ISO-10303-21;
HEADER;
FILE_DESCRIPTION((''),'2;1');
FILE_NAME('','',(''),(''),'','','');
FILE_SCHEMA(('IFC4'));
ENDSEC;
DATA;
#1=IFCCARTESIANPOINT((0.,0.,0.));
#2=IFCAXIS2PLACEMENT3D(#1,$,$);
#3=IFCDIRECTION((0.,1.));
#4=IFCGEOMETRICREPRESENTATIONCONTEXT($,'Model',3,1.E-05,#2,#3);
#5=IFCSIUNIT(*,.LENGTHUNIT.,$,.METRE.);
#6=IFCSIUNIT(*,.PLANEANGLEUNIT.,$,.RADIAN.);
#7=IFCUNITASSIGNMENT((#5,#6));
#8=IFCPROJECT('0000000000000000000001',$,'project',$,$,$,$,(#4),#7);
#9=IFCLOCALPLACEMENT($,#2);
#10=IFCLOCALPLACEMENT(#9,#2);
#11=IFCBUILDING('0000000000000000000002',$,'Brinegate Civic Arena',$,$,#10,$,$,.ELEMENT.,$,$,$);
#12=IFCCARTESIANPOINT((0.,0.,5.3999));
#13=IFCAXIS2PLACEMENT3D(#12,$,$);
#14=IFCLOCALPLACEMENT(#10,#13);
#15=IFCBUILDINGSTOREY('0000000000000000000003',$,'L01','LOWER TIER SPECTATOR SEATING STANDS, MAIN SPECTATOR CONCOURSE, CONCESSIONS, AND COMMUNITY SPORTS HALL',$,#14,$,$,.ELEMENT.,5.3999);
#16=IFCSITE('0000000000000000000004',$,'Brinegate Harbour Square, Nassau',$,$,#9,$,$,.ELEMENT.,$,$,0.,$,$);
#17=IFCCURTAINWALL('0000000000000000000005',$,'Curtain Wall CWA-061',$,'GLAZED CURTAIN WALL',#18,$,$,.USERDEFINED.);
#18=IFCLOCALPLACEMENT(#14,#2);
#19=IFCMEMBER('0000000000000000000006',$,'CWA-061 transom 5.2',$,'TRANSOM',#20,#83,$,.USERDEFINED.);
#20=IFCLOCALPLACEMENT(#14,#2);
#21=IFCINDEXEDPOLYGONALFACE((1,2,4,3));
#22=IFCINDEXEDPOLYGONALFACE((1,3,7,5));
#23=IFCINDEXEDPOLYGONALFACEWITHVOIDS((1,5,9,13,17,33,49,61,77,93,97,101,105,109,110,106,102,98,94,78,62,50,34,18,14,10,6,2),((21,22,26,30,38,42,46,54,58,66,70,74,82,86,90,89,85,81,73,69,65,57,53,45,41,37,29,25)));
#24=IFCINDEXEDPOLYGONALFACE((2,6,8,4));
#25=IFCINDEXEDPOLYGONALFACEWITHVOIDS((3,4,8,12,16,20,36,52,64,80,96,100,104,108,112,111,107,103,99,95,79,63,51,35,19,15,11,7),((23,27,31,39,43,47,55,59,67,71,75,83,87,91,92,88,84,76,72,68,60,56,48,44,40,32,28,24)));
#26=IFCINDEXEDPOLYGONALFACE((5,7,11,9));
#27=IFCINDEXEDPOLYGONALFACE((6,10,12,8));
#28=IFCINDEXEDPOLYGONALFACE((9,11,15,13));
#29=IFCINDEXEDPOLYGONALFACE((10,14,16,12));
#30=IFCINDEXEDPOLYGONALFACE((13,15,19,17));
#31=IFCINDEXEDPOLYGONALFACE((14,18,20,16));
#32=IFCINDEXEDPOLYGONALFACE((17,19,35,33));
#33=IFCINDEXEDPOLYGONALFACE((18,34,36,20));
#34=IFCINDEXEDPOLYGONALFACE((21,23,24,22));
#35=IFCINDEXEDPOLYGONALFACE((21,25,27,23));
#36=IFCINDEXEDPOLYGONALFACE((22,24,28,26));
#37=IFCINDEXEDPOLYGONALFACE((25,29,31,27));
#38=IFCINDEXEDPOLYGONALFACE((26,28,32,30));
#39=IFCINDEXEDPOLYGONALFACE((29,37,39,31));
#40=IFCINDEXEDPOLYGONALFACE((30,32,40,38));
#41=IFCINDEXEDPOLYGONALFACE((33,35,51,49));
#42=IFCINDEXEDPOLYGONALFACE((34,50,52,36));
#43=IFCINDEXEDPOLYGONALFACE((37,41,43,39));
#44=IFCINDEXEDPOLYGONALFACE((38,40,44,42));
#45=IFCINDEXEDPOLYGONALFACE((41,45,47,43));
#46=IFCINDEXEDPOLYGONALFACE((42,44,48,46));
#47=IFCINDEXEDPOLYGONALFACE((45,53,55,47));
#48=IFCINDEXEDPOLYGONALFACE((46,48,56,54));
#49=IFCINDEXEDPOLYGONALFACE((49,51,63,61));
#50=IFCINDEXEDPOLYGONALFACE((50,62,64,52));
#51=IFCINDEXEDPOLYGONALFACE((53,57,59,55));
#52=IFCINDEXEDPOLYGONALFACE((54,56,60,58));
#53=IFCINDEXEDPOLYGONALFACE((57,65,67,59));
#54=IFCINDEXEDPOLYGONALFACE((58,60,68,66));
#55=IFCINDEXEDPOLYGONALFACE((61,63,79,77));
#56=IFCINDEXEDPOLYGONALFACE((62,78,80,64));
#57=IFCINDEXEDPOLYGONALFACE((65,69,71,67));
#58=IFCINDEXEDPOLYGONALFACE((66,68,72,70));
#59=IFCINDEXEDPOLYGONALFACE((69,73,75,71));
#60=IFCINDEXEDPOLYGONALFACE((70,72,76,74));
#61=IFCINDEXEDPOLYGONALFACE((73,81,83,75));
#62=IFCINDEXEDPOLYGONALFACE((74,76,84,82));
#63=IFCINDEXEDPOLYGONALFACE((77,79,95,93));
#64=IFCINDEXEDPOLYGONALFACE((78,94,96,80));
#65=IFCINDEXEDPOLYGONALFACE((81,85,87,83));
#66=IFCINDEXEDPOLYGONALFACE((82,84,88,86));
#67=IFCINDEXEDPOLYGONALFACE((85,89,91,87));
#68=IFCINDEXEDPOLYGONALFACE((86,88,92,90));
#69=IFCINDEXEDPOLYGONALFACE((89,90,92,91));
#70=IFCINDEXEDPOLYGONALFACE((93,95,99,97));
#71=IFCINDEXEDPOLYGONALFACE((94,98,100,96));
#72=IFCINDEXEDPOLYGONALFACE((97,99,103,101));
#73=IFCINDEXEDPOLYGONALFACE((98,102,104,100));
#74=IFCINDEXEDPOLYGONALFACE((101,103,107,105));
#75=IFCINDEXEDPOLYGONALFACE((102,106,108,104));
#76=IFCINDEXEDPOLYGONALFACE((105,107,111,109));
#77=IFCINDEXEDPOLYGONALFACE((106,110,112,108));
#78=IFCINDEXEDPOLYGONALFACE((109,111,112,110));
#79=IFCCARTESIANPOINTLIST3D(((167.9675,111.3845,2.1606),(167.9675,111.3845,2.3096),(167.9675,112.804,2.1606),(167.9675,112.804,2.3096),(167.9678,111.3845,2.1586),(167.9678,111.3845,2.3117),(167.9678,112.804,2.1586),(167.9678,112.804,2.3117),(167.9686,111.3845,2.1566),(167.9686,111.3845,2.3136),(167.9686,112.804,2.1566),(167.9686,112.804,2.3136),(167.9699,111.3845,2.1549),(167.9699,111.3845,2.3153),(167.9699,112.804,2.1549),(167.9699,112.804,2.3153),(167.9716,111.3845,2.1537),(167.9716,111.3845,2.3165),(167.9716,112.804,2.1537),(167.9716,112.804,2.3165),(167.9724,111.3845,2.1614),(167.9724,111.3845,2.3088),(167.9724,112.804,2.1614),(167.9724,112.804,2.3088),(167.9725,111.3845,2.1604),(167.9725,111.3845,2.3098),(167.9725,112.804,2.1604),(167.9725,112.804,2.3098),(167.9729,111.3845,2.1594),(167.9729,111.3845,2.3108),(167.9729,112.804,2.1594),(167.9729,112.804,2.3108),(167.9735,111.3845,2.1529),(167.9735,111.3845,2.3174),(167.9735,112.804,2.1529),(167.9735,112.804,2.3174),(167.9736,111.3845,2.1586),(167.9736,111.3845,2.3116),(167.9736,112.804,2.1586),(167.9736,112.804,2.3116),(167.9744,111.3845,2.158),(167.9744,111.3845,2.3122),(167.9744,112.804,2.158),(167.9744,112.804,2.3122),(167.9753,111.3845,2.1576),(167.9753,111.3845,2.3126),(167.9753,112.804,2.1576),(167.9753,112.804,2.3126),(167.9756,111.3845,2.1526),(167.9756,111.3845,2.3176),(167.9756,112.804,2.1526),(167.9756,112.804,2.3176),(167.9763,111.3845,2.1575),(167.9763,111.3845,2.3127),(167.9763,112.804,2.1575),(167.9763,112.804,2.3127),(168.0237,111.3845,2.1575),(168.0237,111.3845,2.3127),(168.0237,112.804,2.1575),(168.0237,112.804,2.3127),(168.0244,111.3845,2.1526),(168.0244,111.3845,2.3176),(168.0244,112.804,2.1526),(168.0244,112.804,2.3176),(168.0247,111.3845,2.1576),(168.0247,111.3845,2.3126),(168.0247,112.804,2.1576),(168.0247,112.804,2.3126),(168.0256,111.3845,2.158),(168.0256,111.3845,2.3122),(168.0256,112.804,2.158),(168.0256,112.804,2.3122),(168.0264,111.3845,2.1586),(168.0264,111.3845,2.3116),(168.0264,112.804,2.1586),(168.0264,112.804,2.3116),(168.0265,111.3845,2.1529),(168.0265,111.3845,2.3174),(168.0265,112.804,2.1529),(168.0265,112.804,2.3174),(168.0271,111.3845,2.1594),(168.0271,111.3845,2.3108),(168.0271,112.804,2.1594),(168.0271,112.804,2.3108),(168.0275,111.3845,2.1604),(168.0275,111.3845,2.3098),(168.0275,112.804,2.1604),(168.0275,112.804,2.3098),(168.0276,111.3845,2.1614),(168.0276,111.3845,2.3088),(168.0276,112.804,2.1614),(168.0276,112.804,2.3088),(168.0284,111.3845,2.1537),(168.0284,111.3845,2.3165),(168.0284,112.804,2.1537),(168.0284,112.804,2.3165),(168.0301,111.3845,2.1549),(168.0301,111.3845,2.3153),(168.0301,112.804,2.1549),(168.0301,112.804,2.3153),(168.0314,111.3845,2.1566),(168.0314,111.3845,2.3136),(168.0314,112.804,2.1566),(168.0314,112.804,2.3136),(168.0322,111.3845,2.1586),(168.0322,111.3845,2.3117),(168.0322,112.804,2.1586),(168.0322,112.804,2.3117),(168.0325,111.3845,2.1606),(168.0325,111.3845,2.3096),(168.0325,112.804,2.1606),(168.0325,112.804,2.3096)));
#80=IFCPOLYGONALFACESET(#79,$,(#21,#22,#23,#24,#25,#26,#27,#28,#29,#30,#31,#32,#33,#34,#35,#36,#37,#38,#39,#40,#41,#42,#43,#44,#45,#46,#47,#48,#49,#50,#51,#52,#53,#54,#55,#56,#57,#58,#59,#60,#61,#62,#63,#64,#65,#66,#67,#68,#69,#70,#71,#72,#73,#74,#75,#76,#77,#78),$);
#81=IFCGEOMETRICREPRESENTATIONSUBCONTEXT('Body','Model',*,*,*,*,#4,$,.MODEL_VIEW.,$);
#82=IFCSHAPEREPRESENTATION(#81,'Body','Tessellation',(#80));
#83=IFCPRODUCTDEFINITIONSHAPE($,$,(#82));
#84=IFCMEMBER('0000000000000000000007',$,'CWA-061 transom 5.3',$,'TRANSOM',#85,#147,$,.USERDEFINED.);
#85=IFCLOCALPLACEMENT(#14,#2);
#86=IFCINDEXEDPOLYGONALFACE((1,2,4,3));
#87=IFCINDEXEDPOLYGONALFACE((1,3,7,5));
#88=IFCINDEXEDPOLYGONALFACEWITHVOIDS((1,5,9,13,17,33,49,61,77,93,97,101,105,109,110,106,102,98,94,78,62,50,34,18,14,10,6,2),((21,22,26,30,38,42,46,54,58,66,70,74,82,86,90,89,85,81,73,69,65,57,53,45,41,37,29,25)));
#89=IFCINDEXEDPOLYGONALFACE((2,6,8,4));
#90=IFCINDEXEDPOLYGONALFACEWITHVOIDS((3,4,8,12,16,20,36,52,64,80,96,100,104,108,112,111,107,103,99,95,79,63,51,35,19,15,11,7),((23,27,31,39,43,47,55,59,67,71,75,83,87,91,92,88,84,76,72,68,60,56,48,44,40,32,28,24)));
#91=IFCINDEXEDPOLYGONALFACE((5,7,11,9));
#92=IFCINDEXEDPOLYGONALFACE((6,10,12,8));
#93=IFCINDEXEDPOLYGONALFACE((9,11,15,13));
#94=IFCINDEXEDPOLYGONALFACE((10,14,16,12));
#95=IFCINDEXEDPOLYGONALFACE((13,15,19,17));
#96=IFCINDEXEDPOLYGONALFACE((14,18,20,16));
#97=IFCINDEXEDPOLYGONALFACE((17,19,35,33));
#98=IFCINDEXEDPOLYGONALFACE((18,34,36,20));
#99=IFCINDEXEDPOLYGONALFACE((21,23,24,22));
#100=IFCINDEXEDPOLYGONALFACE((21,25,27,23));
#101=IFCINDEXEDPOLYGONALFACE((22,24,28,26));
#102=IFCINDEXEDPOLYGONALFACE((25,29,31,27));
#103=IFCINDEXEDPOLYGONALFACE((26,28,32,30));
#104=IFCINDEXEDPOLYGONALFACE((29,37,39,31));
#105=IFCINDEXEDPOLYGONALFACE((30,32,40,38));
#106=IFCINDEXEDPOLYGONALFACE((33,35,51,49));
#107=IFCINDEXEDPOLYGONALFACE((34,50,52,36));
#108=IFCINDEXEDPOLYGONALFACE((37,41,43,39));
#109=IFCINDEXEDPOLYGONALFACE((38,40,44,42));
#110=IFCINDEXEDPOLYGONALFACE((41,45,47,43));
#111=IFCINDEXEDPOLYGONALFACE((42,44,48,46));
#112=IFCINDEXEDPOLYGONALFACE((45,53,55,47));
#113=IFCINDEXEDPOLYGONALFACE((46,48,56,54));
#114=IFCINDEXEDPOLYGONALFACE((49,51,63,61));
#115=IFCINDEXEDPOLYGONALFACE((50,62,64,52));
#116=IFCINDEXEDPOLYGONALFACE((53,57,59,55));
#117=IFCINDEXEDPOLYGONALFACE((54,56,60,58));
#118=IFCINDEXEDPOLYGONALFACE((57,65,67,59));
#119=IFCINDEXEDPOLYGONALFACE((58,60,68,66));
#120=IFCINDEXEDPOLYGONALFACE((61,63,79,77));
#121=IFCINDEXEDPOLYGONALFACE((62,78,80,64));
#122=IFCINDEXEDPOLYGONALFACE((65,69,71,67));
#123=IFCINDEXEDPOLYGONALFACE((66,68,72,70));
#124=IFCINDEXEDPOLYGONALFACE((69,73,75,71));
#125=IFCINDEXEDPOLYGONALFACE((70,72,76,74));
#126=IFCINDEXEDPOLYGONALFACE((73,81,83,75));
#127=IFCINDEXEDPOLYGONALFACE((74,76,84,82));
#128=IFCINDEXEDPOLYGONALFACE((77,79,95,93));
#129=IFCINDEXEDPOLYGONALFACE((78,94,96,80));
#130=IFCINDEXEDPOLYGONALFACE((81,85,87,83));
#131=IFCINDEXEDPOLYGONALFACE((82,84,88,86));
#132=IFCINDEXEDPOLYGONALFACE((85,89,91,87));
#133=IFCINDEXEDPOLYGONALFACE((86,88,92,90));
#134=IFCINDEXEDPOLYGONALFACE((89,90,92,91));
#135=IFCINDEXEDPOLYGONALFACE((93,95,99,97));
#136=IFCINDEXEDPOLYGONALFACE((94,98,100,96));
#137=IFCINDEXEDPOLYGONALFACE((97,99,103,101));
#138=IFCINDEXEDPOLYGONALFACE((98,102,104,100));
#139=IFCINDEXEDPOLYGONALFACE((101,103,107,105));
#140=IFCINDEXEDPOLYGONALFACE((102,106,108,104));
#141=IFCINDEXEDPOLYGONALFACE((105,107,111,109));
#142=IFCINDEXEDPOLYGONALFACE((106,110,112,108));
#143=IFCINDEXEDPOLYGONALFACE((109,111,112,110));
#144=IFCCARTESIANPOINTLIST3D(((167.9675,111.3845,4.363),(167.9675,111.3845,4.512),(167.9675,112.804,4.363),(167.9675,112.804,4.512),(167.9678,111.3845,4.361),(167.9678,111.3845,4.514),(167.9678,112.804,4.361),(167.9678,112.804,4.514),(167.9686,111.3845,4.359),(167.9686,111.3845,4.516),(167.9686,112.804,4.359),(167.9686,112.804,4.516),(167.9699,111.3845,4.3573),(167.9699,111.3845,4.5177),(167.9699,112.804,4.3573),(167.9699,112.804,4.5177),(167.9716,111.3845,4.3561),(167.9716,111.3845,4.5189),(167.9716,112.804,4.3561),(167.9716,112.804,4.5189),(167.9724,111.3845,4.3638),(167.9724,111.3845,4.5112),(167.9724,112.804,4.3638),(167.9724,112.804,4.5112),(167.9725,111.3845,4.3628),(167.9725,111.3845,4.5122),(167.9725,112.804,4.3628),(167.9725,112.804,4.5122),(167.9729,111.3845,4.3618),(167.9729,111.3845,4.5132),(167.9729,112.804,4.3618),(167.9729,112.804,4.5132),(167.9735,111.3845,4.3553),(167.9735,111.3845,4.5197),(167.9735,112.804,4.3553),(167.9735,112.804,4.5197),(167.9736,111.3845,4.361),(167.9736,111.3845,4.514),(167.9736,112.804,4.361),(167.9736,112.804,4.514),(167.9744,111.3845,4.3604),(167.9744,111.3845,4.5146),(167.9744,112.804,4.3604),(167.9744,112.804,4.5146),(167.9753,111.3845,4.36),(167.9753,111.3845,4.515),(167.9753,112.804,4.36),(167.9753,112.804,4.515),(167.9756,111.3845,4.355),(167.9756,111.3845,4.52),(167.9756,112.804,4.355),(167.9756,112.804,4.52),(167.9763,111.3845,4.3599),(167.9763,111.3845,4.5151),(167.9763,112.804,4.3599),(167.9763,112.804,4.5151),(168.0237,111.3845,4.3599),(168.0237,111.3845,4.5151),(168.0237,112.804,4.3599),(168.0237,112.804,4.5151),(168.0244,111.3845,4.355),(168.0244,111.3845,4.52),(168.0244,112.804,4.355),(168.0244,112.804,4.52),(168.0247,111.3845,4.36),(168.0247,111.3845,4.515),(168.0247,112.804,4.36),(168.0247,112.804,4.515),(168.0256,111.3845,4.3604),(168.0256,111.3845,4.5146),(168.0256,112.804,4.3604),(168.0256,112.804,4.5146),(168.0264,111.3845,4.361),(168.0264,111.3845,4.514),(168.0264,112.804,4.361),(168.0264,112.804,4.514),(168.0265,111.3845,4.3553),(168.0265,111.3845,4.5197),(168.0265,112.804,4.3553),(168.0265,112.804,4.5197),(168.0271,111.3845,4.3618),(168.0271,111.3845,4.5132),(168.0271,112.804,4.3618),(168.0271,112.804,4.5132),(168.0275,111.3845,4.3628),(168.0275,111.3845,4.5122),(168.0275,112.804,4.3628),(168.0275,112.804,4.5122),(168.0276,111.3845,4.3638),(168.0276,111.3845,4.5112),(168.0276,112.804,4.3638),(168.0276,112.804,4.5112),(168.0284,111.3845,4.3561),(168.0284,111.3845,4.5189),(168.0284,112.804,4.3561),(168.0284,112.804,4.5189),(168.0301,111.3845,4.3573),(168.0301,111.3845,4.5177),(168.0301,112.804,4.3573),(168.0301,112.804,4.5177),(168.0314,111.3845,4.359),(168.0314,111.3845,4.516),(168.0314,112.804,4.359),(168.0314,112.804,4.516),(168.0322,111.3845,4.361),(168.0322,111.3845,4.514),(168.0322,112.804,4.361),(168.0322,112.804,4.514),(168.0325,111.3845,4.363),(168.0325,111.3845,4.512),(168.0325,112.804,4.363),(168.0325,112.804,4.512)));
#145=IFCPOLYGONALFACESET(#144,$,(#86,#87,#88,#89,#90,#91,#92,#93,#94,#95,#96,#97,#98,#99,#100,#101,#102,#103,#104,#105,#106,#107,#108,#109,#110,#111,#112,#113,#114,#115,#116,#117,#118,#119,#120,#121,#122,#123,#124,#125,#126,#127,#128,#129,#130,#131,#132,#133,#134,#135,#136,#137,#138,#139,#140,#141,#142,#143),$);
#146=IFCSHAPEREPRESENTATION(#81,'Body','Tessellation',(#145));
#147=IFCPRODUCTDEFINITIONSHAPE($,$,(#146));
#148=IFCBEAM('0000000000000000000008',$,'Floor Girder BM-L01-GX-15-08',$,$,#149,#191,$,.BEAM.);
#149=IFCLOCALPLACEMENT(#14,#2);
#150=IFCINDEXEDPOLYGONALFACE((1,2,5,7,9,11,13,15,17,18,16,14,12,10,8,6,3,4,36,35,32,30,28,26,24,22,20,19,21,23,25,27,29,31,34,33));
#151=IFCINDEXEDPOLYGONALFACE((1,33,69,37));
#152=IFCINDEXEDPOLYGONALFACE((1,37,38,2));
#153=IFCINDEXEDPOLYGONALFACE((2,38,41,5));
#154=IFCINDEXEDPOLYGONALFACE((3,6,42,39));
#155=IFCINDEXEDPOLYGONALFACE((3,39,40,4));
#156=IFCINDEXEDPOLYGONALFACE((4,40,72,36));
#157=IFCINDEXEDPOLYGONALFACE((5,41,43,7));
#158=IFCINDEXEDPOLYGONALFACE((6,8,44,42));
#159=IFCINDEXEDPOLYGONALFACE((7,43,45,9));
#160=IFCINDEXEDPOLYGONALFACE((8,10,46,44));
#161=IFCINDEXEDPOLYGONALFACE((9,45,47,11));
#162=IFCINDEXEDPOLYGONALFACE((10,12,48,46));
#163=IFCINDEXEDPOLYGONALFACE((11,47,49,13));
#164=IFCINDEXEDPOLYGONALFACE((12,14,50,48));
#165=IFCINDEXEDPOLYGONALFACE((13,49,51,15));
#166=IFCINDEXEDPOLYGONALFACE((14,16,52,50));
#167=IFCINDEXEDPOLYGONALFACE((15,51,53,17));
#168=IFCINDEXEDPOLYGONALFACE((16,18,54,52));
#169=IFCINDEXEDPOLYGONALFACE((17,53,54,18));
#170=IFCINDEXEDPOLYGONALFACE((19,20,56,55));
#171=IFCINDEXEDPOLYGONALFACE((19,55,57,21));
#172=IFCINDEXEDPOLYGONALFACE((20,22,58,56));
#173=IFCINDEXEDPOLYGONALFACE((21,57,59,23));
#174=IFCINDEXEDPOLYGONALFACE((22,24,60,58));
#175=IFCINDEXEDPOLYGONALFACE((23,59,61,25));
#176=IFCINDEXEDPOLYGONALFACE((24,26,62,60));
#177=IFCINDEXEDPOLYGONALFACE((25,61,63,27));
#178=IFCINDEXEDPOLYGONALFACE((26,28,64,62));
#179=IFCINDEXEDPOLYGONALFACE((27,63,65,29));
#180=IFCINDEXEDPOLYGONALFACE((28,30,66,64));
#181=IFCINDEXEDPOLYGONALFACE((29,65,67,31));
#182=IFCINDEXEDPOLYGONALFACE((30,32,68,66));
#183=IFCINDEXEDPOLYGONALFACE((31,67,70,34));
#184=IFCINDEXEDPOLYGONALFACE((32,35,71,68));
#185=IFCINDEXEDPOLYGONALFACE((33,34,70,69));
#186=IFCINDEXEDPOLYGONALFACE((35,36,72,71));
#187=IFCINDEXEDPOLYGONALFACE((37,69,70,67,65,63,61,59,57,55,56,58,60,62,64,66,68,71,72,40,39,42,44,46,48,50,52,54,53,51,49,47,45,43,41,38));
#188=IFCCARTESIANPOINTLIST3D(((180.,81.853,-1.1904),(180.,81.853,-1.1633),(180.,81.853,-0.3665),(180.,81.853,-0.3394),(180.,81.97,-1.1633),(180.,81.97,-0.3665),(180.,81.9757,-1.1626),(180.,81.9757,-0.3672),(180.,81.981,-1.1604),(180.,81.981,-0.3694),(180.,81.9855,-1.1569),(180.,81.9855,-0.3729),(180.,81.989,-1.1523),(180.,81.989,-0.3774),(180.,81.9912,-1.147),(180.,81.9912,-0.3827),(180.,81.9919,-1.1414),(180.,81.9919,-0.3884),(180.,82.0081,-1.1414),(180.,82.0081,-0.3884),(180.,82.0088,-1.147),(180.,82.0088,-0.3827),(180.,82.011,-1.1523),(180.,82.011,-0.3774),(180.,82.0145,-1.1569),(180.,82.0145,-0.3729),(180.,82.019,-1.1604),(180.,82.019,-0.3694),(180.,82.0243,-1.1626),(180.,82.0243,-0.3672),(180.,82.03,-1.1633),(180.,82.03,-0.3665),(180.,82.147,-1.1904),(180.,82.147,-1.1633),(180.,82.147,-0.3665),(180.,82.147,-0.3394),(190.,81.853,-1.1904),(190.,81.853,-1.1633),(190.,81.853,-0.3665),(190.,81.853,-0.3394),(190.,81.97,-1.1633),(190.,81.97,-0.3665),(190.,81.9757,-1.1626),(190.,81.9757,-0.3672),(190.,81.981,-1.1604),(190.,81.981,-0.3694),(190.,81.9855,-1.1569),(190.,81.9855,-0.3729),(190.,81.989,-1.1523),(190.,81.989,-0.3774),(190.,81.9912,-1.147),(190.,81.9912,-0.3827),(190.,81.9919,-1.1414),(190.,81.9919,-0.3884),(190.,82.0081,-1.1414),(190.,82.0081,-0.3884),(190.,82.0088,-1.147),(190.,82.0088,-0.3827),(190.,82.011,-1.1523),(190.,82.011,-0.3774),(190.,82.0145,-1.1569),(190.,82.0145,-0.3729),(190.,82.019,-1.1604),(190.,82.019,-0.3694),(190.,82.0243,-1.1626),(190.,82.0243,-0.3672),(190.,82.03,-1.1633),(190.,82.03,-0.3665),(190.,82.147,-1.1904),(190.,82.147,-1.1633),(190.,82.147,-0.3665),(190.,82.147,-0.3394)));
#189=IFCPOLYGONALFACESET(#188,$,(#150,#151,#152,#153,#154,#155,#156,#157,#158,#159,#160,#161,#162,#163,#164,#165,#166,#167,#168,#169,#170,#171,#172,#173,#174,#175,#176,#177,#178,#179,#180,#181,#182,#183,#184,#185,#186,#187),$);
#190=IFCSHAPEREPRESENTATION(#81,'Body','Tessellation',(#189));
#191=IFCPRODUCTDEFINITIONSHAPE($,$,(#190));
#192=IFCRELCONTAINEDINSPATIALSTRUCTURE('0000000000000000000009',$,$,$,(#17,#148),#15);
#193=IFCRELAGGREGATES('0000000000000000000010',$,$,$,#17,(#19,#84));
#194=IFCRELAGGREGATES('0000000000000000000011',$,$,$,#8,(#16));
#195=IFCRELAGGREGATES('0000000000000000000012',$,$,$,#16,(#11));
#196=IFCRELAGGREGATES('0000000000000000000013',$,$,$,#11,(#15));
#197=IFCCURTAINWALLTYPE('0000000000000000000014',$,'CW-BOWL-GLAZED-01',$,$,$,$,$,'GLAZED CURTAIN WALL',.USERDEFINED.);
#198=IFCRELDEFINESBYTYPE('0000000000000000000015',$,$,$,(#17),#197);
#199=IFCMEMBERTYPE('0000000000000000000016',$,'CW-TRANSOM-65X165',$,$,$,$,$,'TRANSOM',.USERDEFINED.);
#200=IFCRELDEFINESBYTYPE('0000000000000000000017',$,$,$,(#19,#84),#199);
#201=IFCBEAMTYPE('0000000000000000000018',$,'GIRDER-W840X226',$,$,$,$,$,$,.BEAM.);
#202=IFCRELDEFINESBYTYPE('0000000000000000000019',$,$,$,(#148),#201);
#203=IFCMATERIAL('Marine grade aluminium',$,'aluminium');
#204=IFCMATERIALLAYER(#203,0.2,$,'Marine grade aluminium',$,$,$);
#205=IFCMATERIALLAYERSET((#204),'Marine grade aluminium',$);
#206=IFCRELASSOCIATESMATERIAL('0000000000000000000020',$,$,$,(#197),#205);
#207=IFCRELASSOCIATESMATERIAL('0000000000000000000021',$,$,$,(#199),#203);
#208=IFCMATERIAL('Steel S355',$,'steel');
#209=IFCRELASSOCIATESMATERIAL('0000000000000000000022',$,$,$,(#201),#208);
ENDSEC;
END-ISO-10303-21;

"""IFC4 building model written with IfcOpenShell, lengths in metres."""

from ifc_helpers import new_model, si_unit, direction, frame, origin, origin_2d, place, context, subcontext, project, spatial, hollow_rectangle, i_section, extrude, material, layer, layer_set, material_profile, profile_set, type_object, element, aggregate, save


model = new_model("IFC4")

# Units and contexts
model_context = context("Model", 3, precision=1e-05, world=origin(), true_north=direction((0.0, 1.0)))
body_context = subcontext(model_context, "Body", "Model", "MODEL_VIEW")
ifc_project = project(units=[si_unit("LENGTHUNIT", "METRE"), si_unit("PLANEANGLEUNIT", "RADIAN")], contexts=[model_context])

# Site, building, storey
site_placement = place(None, origin())
site = spatial("IfcSite", under=ifc_project, at=site_placement, Name="Brinegate Harbour Square, Nassau", CompositionType="ELEMENT", RefElevation=0.0)
building_placement = place(site_placement, origin())
building = spatial("IfcBuilding", under=site, at=building_placement, Name="Brinegate Civic Arena", CompositionType="ELEMENT")
storey_placement = place(building_placement, frame((0.0, 0.0, 5.3999)))
storey = spatial("IfcBuildingStorey", under=building, at=storey_placement, Name="L01", Description="LOWER TIER SPECTATOR SEATING STANDS, MAIN SPECTATOR CONCOURSE, CONCESSIONS, AND COMMUNITY SPORTS HALL", CompositionType="ELEMENT", Elevation=5.3999)

# Curtain wall
ifc_material_1 = material(Name="Marine grade aluminium", Category="aluminium")
ifc_layer_1 = layer(ifc_material_1, 0.2, Name="Marine grade aluminium")
ifc_layer_set_1 = layer_set([ifc_layer_1], Name="Marine grade aluminium")
curtain_wall_type_1 = type_object("IfcCurtainWallType", Name="CW-BOWL-GLAZED-01", ElementType="GLAZED CURTAIN WALL", PredefinedType="USERDEFINED", material=ifc_layer_set_1)
curtain_wall_1_placement = place(storey_placement, origin())
curtain_wall_1 = element("IfcCurtainWall", 1, at=curtain_wall_1_placement, inside=storey, type_object=curtain_wall_type_1, Name="Curtain Wall CWA-061", ObjectType="GLAZED CURTAIN WALL", PredefinedType="USERDEFINED")

# Members
ifc_material_profile_1 = material_profile(ifc_material_1, hollow_rectangle(XDim=0.0649, YDim=0.165, WallThickness=0.0049, InnerFilletRadius=0.0039, OuterFilletRadius=0.0081, at=origin_2d()), Name="TRN65X165")
ifc_profile_set_1 = profile_set([ifc_material_profile_1], Name="Marine grade aluminium")
member_type_1 = type_object("IfcMemberType", Name="CW-TRANSOM-65X165", ElementType="TRANSOM", PredefinedType="USERDEFINED", material=ifc_profile_set_1)
member_1_placement = place(storey_placement, frame((168.0, 111.3845, 2.2351), z_axis=(0.0, 1.0, 0.0), x_axis=(-1.0, 0.0, 0.0)))
member_1 = element("IfcMember", 2, at=member_1_placement, type_object=member_type_1, Name="CWA-061 transom 5.2", ObjectType="TRANSOM", PredefinedType="USERDEFINED", context=body_context, shape_type="SweptSolid", body=[
    extrude(hollow_rectangle(XDim=0.0649, YDim=0.165, WallThickness=0.0049, InnerFilletRadius=0.0039, OuterFilletRadius=0.0081, at=origin_2d()), origin(), (0.0, 0.0, 1.0), 1.4194),
])
member_2_placement = place(storey_placement, frame((168.0, 111.3845, 4.4375), z_axis=(0.0, 1.0, 0.0), x_axis=(-1.0, 0.0, 0.0)))
member_2 = element("IfcMember", 3, at=member_2_placement, type_object=member_type_1, Name="CWA-061 transom 5.3", ObjectType="TRANSOM", PredefinedType="USERDEFINED", context=body_context, shape_type="SweptSolid", body=[
    extrude(hollow_rectangle(XDim=0.0649, YDim=0.165, WallThickness=0.0049, InnerFilletRadius=0.0039, OuterFilletRadius=0.0081, at=origin_2d()), origin(), (0.0, 0.0, 1.0), 1.4194),
])

# Beam
ifc_material_2 = material(Name="Steel S355", Category="steel")
ifc_material_profile_2 = material_profile(ifc_material_2, i_section(OverallWidth=0.2939, OverallDepth=0.8511, WebThickness=0.0161, FlangeThickness=0.0271, FilletRadius=0.022, at=origin_2d()), Name="W840X226")
ifc_profile_set_2 = profile_set([ifc_material_profile_2], Name="Steel S355")
beam_type = type_object("IfcBeamType", Name="GIRDER-W840X226", PredefinedType="BEAM", material=ifc_profile_set_2)
beam_placement = place(storey_placement, frame((180.0, 82.0, -0.7649), z_axis=(1.0, 0.0, 0.0), x_axis=(0.0, 1.0, 0.0)))
element("IfcBeam", 4, at=beam_placement, inside=storey, type_object=beam_type, Name="Floor Girder BM-L01-GX-15-08", PredefinedType="BEAM", context=body_context, shape_type="SweptSolid", body=[
    extrude(i_section(OverallWidth=0.2939, OverallDepth=0.8511, WebThickness=0.0161, FlangeThickness=0.0271, FilletRadius=0.022, at=origin_2d()), origin(), (0.0, 0.0, 1.0), 10.0),
])

aggregate(curtain_wall_1, [member_1, member_2])

save(model, "model.ifc")
